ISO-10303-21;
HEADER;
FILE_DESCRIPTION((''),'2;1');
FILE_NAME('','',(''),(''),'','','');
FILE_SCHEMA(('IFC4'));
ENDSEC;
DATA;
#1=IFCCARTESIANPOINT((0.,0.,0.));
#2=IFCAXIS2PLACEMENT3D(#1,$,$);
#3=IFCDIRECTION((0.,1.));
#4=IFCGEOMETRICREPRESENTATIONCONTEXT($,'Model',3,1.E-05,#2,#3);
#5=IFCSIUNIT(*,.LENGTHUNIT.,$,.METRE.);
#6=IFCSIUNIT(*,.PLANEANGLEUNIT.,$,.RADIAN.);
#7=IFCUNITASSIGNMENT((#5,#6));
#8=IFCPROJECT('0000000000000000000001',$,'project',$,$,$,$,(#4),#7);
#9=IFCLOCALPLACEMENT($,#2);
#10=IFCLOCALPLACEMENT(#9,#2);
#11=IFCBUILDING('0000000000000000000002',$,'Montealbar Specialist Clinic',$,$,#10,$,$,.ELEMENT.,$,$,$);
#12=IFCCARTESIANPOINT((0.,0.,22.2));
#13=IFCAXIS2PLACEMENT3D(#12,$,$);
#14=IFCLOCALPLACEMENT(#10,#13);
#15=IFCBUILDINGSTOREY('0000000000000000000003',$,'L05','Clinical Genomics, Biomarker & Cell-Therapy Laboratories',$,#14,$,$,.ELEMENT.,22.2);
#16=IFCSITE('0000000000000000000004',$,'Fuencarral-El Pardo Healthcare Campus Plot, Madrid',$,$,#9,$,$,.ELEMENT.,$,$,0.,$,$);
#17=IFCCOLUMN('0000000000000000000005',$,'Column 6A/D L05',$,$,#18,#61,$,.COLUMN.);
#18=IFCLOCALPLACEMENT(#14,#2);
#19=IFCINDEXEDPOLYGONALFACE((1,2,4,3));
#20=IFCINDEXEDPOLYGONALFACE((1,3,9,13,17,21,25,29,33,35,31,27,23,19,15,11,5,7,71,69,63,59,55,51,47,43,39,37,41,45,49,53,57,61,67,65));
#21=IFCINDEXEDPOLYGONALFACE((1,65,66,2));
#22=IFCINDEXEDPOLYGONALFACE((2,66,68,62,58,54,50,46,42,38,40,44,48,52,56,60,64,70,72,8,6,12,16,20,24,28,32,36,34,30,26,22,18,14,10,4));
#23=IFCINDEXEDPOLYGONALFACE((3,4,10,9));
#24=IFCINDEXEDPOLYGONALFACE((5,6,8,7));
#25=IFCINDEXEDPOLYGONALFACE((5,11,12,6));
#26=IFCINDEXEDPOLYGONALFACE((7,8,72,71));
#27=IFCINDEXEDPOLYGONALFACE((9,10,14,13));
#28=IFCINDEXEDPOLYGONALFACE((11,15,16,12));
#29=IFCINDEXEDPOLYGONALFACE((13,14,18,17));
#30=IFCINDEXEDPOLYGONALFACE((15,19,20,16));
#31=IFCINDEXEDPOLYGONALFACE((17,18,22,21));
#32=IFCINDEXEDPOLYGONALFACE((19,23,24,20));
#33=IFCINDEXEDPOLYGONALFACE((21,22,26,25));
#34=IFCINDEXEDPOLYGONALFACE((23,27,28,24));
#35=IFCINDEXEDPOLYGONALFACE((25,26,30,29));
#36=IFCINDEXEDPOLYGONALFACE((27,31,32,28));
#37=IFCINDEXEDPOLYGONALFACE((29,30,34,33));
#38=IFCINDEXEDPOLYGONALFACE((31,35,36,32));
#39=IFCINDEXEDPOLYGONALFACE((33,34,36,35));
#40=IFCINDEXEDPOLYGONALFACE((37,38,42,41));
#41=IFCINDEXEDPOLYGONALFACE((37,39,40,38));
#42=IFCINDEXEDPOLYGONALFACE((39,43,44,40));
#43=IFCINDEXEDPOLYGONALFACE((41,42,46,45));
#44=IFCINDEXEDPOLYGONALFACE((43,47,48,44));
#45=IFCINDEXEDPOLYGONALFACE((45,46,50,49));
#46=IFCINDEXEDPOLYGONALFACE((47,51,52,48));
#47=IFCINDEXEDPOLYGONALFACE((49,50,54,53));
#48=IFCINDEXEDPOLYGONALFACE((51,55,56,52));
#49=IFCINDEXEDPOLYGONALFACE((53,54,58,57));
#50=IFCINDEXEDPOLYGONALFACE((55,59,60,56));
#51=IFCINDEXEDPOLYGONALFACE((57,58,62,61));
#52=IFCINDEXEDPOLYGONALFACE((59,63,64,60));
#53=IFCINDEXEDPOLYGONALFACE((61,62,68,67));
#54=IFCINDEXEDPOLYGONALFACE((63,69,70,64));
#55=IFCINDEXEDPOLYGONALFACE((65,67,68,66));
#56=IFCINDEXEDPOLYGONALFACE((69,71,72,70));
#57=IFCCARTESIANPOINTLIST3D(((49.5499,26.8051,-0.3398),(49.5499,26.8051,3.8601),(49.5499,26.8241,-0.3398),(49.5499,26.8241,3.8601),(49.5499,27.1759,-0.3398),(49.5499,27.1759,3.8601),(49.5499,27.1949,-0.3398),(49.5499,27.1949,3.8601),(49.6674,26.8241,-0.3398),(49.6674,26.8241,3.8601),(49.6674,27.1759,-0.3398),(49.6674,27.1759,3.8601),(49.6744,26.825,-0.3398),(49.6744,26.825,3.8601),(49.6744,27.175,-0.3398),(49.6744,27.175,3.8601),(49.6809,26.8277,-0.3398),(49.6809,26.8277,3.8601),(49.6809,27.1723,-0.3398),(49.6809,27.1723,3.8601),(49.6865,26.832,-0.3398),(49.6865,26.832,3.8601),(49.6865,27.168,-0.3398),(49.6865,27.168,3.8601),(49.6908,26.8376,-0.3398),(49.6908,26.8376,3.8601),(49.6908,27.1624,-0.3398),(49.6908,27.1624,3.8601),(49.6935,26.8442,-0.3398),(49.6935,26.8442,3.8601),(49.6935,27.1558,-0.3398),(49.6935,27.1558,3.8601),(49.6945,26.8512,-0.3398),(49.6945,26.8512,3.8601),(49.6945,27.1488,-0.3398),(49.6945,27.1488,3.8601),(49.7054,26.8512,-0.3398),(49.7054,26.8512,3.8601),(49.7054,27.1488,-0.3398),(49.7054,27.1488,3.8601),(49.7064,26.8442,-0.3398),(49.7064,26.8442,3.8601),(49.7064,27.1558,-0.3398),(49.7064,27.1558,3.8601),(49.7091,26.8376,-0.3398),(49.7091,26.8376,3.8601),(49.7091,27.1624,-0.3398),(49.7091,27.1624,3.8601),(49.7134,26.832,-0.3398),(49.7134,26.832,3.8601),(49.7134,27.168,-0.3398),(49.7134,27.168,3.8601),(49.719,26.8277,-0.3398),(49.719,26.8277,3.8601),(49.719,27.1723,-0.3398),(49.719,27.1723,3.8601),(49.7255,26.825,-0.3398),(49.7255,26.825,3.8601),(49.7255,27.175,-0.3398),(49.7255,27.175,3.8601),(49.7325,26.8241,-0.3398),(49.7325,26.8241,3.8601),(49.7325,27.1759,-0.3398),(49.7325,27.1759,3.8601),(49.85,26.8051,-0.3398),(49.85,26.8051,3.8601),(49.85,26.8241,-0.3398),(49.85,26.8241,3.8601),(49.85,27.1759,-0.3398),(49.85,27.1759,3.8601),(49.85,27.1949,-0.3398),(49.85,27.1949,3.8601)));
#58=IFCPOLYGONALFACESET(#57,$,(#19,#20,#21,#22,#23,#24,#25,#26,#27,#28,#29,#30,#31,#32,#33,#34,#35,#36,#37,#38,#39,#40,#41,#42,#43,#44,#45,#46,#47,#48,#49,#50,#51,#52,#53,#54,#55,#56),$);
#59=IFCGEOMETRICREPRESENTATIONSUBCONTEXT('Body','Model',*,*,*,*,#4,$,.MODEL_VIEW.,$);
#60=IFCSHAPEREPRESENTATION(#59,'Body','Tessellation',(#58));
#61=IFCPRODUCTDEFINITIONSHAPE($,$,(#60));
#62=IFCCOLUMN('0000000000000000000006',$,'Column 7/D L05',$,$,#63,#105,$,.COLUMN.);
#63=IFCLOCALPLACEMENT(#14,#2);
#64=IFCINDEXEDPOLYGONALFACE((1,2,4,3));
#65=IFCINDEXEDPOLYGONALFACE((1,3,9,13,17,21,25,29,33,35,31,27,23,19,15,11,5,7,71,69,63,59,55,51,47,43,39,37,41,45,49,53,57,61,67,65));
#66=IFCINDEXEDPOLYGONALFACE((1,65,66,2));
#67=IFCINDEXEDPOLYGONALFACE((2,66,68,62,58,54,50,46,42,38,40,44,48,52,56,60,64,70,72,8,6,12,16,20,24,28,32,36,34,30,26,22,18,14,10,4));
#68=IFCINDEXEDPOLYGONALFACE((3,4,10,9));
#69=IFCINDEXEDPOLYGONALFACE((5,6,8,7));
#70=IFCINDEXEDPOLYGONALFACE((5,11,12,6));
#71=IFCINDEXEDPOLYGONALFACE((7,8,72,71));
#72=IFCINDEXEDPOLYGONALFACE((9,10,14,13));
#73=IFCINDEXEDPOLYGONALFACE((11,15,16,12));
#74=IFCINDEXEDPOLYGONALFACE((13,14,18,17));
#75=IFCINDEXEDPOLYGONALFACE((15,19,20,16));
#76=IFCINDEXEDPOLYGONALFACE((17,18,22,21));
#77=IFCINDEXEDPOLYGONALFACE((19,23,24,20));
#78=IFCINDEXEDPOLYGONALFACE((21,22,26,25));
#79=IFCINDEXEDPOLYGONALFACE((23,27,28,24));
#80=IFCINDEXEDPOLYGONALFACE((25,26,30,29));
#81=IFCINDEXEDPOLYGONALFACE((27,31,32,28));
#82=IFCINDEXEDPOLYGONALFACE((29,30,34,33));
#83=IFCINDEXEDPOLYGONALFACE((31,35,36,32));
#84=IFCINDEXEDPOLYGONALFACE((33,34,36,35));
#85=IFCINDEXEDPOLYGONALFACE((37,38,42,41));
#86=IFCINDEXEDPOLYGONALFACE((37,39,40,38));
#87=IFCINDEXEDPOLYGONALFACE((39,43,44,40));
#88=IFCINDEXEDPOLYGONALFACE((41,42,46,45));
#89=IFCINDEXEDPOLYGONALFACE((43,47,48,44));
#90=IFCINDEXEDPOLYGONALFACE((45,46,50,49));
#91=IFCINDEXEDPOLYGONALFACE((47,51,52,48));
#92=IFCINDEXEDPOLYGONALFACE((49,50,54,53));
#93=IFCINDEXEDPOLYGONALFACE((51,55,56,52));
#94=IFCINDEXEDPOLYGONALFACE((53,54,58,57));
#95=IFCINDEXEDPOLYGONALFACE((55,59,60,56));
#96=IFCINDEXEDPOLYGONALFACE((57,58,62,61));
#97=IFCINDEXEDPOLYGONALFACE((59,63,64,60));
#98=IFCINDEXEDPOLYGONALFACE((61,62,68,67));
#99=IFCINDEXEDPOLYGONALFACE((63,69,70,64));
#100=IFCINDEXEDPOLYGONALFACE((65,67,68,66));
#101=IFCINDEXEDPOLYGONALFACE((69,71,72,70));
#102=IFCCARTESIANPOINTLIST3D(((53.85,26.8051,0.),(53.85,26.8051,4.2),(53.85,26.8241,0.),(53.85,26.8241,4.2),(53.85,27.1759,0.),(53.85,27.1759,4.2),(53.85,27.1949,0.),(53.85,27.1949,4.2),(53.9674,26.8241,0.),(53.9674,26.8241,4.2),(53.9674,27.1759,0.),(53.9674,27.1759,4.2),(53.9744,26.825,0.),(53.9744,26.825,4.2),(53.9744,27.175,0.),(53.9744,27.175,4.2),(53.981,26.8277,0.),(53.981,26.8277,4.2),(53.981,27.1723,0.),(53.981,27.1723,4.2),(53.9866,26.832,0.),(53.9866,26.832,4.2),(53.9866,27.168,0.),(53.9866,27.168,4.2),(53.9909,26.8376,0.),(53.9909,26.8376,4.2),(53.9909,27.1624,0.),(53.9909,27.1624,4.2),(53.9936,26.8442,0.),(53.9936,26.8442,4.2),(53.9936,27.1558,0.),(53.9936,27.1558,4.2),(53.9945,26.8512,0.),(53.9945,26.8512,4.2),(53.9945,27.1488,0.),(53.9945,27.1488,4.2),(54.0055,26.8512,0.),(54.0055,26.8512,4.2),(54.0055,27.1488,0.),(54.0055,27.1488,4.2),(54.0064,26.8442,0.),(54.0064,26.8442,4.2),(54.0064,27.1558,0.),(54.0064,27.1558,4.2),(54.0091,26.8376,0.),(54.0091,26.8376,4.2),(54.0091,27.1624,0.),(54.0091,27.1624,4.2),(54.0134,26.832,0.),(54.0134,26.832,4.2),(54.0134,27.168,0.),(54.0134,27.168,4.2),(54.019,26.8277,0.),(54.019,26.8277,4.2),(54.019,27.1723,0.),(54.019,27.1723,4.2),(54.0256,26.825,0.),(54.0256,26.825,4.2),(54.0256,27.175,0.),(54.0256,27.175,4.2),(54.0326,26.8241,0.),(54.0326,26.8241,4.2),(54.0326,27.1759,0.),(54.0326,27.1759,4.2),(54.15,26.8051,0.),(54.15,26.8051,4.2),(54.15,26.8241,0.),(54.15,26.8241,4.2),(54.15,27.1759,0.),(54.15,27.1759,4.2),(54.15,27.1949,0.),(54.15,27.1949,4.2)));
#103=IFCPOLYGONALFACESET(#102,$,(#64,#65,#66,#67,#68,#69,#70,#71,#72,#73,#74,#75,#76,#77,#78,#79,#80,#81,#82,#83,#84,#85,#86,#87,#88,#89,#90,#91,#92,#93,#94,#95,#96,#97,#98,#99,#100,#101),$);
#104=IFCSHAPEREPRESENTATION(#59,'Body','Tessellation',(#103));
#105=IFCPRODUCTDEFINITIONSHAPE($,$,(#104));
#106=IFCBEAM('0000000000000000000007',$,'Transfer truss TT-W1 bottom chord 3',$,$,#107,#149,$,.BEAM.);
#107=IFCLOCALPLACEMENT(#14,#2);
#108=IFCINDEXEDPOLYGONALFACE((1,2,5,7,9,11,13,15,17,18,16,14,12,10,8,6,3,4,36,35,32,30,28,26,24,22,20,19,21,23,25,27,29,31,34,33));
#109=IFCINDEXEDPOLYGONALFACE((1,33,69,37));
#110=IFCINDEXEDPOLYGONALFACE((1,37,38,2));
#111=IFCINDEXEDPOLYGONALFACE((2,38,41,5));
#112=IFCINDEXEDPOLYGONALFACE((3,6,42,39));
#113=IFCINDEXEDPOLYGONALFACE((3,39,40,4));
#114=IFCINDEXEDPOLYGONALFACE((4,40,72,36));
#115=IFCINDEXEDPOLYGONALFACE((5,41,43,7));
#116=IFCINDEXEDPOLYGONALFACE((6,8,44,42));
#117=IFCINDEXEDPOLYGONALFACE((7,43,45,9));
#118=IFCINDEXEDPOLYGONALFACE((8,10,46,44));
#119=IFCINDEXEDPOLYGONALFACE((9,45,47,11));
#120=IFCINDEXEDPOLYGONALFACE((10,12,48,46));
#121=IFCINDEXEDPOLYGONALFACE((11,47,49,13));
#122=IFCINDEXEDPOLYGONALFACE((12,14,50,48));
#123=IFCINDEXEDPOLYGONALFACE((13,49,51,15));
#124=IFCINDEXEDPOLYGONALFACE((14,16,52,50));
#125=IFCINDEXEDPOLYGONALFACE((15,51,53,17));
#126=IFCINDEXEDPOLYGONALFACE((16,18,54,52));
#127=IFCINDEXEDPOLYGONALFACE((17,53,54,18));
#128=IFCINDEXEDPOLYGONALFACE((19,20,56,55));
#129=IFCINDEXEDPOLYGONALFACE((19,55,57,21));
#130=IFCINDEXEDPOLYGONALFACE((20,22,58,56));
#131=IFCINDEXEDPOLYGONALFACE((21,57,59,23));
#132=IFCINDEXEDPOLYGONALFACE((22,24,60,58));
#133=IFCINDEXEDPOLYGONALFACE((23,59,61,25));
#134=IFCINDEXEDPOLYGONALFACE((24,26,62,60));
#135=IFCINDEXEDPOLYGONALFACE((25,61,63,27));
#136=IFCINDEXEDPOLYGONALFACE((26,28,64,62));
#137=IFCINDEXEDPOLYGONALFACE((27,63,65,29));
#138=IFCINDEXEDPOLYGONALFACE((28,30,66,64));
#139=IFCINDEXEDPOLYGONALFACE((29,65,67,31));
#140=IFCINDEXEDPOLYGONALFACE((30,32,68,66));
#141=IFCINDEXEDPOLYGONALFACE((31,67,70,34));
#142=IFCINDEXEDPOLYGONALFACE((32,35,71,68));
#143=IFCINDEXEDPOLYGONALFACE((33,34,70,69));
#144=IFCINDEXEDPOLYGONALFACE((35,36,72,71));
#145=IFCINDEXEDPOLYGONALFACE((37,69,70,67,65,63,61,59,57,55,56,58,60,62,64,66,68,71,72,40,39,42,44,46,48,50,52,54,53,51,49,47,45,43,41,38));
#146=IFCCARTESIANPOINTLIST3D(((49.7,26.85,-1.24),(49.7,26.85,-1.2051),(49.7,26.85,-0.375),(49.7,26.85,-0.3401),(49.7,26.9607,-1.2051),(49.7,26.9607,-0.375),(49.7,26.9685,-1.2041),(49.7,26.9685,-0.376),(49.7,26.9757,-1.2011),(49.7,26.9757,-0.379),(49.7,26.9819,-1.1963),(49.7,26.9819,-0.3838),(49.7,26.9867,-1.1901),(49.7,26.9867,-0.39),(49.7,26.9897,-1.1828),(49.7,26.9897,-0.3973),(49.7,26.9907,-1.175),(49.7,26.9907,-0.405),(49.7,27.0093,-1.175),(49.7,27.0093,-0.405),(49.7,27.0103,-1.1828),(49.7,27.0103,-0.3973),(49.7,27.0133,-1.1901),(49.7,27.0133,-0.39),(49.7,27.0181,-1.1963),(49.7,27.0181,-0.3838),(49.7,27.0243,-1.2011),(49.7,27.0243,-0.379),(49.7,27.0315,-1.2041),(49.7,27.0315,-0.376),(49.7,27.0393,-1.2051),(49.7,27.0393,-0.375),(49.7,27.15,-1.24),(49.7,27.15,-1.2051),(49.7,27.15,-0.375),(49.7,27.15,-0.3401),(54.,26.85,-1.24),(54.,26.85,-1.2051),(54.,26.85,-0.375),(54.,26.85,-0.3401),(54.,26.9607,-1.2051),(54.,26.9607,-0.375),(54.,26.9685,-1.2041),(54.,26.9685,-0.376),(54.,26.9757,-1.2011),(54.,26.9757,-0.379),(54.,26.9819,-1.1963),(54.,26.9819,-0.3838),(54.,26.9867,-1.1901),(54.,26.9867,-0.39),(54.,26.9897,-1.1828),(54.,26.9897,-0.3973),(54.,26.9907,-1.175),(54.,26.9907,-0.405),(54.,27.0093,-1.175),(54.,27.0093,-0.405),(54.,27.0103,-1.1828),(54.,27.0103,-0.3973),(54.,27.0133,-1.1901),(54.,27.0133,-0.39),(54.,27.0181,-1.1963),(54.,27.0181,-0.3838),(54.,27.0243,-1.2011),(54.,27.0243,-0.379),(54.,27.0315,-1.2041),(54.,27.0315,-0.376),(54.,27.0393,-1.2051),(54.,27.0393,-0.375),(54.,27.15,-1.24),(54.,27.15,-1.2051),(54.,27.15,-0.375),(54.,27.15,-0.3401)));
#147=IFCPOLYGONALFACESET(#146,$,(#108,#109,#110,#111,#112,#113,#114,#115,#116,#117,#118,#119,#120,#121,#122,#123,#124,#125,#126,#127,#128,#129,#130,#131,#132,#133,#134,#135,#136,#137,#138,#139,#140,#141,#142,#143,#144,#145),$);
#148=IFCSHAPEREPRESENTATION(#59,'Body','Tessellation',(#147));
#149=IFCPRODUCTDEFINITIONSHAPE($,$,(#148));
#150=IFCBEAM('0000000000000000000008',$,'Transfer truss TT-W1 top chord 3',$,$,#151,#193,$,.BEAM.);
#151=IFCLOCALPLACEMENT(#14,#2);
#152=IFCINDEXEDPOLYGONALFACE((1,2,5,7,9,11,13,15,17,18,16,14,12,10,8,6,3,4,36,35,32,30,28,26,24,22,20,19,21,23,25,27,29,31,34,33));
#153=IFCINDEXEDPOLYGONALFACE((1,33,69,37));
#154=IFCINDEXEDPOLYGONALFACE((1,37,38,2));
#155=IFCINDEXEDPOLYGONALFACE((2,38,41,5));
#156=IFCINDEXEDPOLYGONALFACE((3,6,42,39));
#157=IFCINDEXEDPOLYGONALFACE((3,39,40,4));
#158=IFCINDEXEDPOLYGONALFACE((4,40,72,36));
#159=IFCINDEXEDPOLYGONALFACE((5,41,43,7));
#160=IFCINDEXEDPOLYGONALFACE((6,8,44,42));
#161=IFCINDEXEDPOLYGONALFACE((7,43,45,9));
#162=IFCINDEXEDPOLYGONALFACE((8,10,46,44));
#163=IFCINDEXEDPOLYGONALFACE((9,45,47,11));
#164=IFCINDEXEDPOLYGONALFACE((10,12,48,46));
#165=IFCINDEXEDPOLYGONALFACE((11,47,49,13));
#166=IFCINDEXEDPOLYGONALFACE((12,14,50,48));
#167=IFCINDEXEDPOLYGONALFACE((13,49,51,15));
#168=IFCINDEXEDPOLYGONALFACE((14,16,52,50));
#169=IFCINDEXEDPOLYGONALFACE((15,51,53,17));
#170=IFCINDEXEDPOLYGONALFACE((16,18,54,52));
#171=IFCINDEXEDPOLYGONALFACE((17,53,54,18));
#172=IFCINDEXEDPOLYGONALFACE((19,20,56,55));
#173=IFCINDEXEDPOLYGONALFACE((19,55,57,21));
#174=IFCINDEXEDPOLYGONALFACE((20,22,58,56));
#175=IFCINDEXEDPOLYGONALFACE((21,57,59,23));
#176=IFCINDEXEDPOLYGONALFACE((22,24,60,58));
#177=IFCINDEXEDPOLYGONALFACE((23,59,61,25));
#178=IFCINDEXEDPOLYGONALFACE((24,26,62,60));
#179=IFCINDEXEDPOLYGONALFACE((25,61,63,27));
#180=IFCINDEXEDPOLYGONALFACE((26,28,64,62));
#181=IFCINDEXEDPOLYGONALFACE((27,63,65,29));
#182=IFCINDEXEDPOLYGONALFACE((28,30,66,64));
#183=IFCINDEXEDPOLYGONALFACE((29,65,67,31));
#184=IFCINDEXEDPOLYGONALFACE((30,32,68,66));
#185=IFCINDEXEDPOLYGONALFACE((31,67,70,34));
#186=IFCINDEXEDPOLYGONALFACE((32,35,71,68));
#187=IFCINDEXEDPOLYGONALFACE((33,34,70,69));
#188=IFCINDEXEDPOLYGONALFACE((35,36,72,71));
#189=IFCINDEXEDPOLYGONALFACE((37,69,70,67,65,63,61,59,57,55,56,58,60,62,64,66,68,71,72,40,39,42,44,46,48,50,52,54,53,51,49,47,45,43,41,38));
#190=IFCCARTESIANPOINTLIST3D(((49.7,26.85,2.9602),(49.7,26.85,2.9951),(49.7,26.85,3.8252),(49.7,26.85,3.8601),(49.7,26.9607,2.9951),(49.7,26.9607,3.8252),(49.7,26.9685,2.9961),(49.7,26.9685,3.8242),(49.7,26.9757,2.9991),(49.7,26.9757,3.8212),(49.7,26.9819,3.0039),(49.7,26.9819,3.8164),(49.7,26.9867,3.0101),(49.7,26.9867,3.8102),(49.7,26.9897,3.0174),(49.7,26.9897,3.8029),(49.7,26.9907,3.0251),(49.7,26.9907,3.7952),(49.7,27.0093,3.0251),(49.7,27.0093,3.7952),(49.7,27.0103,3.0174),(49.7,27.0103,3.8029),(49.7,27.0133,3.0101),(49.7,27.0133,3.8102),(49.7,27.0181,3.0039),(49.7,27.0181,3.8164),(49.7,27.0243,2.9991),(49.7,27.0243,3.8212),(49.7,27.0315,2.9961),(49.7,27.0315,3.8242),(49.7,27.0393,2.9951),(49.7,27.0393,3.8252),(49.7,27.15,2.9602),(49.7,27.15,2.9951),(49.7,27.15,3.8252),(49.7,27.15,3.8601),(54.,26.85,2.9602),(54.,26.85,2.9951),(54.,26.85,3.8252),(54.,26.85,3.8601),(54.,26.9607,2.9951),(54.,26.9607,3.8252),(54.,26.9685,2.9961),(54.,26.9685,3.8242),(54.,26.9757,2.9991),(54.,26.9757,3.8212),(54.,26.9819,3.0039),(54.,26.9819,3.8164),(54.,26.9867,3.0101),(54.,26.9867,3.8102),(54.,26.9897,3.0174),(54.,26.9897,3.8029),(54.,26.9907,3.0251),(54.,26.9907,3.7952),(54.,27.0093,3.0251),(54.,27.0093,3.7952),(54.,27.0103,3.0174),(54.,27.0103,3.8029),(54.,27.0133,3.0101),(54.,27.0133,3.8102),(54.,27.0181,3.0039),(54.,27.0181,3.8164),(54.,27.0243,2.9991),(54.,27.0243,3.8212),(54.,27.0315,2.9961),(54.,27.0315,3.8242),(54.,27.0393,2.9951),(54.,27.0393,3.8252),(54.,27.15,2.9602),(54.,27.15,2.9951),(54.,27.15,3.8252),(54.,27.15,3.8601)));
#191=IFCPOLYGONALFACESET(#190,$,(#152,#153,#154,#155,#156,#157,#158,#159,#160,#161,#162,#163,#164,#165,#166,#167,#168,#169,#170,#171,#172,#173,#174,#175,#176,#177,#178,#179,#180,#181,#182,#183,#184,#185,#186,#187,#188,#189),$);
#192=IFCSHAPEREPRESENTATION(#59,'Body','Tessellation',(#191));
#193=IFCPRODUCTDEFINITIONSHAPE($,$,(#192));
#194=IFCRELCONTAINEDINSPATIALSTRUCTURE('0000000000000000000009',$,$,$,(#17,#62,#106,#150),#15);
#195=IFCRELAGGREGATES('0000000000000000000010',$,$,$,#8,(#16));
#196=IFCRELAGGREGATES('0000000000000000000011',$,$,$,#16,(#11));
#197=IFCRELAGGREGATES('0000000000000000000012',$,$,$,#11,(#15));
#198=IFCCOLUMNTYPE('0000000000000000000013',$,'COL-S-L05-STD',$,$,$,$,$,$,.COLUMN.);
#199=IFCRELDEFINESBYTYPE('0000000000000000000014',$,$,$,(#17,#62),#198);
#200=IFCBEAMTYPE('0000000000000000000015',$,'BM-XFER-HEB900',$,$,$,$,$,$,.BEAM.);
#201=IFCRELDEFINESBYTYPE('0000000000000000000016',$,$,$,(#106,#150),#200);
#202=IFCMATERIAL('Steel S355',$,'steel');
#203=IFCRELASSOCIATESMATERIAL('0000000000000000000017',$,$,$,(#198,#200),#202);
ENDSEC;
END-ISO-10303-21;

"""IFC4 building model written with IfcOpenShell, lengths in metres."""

from ifc_helpers import new_model, si_unit, direction, frame, origin, origin_2d, place, context, subcontext, project, spatial, i_section, extrude, material, material_profile, profile_set, type_object, element, save


model = new_model("IFC4")

# Units and contexts
model_context = context("Model", 3, precision=1e-05, world=origin(), true_north=direction((0.0, 1.0)))
body_context = subcontext(model_context, "Body", "Model", "MODEL_VIEW")
ifc_project = project(units=[si_unit("LENGTHUNIT", "METRE"), si_unit("PLANEANGLEUNIT", "RADIAN")], contexts=[model_context])

# Site, building, storey
site_placement = place(None, origin())
site = spatial("IfcSite", under=ifc_project, at=site_placement, Name="Fuencarral-El Pardo Healthcare Campus Plot, Madrid", CompositionType="ELEMENT", RefElevation=0.0)
building_placement = place(site_placement, origin())
building = spatial("IfcBuilding", under=site, at=building_placement, Name="Montealbar Specialist Clinic", CompositionType="ELEMENT")
storey_placement = place(building_placement, frame((0.0, 0.0, 22.2)))
storey = spatial("IfcBuildingStorey", under=building, at=storey_placement, Name="L05", Description="Clinical Genomics, Biomarker & Cell-Therapy Laboratories", CompositionType="ELEMENT", Elevation=22.2)

# Columns
ifc_material_1 = material(Name="Steel S355", Category="steel")
ifc_material_profile_1 = material_profile(ifc_material_1, i_section(OverallWidth=0.3, OverallDepth=0.3899, WebThickness=0.011, FlangeThickness=0.019, FilletRadius=0.0271, at=origin_2d()), Name="HEA 400", Category="steel")
ifc_profile_set_1 = profile_set([ifc_material_profile_1], Name="Steel S355")
column_type = type_object("IfcColumnType", Name="COL-S-L05-STD", PredefinedType="COLUMN", material=ifc_profile_set_1)
for number, where, z_axis, x_axis, name in (
    (1, (49.7, 27.0, -0.3398), (0.0, 0.0, 1.0), (1.0, 0.0, 0.0), "Column 6A/D L05"),
    (2, (54.0, 27.0, 0.0), (0.0, 0.0, 1.0), (1.0, 0.0, 0.0), "Column 7/D L05"),
):
    element("IfcColumn", number, at=place(storey_placement, frame(where, z_axis=z_axis, x_axis=x_axis)), inside=storey, type_object=column_type, Name=name, PredefinedType="COLUMN", context=body_context, shape_type="SweptSolid", body=[
        extrude(i_section(OverallWidth=0.3, OverallDepth=0.3899, WebThickness=0.011, FlangeThickness=0.019, FilletRadius=0.0271, at=origin_2d()), origin(), (0.0, 0.0, 1.0), 4.2),
    ])

# Beams
ifc_material_profile_2 = material_profile(ifc_material_1, i_section(OverallWidth=0.3, OverallDepth=0.8999, WebThickness=0.0186, FlangeThickness=0.0349, FilletRadius=0.03, at=origin_2d()), Name="HEB 900", Category="steel")
ifc_profile_set_2 = profile_set([ifc_material_profile_2], Name="Steel S355")
beam_type = type_object("IfcBeamType", Name="BM-XFER-HEB900", PredefinedType="BEAM", material=ifc_profile_set_2)
for number, where, z_axis, x_axis, name in (
    (3, (54.0, 27.0, -0.79), (-1.0, 0.0, 0.0), (0.0, -1.0, 0.0), "Transfer truss TT-W1 bottom chord 3"),
    (4, (54.0, 27.0, 3.4102), (-1.0, 0.0, 0.0), (0.0, -1.0, 0.0), "Transfer truss TT-W1 top chord 3"),
):
    element("IfcBeam", number, at=place(storey_placement, frame(where, z_axis=z_axis, x_axis=x_axis)), inside=storey, type_object=beam_type, Name=name, PredefinedType="BEAM", context=body_context, shape_type="SweptSolid", body=[
        extrude(i_section(OverallWidth=0.3, OverallDepth=0.8999, WebThickness=0.0186, FlangeThickness=0.0349, FilletRadius=0.03, at=origin_2d()), origin(), (0.0, 0.0, 1.0), 4.3),
    ])

save(model, "model.ifc")
